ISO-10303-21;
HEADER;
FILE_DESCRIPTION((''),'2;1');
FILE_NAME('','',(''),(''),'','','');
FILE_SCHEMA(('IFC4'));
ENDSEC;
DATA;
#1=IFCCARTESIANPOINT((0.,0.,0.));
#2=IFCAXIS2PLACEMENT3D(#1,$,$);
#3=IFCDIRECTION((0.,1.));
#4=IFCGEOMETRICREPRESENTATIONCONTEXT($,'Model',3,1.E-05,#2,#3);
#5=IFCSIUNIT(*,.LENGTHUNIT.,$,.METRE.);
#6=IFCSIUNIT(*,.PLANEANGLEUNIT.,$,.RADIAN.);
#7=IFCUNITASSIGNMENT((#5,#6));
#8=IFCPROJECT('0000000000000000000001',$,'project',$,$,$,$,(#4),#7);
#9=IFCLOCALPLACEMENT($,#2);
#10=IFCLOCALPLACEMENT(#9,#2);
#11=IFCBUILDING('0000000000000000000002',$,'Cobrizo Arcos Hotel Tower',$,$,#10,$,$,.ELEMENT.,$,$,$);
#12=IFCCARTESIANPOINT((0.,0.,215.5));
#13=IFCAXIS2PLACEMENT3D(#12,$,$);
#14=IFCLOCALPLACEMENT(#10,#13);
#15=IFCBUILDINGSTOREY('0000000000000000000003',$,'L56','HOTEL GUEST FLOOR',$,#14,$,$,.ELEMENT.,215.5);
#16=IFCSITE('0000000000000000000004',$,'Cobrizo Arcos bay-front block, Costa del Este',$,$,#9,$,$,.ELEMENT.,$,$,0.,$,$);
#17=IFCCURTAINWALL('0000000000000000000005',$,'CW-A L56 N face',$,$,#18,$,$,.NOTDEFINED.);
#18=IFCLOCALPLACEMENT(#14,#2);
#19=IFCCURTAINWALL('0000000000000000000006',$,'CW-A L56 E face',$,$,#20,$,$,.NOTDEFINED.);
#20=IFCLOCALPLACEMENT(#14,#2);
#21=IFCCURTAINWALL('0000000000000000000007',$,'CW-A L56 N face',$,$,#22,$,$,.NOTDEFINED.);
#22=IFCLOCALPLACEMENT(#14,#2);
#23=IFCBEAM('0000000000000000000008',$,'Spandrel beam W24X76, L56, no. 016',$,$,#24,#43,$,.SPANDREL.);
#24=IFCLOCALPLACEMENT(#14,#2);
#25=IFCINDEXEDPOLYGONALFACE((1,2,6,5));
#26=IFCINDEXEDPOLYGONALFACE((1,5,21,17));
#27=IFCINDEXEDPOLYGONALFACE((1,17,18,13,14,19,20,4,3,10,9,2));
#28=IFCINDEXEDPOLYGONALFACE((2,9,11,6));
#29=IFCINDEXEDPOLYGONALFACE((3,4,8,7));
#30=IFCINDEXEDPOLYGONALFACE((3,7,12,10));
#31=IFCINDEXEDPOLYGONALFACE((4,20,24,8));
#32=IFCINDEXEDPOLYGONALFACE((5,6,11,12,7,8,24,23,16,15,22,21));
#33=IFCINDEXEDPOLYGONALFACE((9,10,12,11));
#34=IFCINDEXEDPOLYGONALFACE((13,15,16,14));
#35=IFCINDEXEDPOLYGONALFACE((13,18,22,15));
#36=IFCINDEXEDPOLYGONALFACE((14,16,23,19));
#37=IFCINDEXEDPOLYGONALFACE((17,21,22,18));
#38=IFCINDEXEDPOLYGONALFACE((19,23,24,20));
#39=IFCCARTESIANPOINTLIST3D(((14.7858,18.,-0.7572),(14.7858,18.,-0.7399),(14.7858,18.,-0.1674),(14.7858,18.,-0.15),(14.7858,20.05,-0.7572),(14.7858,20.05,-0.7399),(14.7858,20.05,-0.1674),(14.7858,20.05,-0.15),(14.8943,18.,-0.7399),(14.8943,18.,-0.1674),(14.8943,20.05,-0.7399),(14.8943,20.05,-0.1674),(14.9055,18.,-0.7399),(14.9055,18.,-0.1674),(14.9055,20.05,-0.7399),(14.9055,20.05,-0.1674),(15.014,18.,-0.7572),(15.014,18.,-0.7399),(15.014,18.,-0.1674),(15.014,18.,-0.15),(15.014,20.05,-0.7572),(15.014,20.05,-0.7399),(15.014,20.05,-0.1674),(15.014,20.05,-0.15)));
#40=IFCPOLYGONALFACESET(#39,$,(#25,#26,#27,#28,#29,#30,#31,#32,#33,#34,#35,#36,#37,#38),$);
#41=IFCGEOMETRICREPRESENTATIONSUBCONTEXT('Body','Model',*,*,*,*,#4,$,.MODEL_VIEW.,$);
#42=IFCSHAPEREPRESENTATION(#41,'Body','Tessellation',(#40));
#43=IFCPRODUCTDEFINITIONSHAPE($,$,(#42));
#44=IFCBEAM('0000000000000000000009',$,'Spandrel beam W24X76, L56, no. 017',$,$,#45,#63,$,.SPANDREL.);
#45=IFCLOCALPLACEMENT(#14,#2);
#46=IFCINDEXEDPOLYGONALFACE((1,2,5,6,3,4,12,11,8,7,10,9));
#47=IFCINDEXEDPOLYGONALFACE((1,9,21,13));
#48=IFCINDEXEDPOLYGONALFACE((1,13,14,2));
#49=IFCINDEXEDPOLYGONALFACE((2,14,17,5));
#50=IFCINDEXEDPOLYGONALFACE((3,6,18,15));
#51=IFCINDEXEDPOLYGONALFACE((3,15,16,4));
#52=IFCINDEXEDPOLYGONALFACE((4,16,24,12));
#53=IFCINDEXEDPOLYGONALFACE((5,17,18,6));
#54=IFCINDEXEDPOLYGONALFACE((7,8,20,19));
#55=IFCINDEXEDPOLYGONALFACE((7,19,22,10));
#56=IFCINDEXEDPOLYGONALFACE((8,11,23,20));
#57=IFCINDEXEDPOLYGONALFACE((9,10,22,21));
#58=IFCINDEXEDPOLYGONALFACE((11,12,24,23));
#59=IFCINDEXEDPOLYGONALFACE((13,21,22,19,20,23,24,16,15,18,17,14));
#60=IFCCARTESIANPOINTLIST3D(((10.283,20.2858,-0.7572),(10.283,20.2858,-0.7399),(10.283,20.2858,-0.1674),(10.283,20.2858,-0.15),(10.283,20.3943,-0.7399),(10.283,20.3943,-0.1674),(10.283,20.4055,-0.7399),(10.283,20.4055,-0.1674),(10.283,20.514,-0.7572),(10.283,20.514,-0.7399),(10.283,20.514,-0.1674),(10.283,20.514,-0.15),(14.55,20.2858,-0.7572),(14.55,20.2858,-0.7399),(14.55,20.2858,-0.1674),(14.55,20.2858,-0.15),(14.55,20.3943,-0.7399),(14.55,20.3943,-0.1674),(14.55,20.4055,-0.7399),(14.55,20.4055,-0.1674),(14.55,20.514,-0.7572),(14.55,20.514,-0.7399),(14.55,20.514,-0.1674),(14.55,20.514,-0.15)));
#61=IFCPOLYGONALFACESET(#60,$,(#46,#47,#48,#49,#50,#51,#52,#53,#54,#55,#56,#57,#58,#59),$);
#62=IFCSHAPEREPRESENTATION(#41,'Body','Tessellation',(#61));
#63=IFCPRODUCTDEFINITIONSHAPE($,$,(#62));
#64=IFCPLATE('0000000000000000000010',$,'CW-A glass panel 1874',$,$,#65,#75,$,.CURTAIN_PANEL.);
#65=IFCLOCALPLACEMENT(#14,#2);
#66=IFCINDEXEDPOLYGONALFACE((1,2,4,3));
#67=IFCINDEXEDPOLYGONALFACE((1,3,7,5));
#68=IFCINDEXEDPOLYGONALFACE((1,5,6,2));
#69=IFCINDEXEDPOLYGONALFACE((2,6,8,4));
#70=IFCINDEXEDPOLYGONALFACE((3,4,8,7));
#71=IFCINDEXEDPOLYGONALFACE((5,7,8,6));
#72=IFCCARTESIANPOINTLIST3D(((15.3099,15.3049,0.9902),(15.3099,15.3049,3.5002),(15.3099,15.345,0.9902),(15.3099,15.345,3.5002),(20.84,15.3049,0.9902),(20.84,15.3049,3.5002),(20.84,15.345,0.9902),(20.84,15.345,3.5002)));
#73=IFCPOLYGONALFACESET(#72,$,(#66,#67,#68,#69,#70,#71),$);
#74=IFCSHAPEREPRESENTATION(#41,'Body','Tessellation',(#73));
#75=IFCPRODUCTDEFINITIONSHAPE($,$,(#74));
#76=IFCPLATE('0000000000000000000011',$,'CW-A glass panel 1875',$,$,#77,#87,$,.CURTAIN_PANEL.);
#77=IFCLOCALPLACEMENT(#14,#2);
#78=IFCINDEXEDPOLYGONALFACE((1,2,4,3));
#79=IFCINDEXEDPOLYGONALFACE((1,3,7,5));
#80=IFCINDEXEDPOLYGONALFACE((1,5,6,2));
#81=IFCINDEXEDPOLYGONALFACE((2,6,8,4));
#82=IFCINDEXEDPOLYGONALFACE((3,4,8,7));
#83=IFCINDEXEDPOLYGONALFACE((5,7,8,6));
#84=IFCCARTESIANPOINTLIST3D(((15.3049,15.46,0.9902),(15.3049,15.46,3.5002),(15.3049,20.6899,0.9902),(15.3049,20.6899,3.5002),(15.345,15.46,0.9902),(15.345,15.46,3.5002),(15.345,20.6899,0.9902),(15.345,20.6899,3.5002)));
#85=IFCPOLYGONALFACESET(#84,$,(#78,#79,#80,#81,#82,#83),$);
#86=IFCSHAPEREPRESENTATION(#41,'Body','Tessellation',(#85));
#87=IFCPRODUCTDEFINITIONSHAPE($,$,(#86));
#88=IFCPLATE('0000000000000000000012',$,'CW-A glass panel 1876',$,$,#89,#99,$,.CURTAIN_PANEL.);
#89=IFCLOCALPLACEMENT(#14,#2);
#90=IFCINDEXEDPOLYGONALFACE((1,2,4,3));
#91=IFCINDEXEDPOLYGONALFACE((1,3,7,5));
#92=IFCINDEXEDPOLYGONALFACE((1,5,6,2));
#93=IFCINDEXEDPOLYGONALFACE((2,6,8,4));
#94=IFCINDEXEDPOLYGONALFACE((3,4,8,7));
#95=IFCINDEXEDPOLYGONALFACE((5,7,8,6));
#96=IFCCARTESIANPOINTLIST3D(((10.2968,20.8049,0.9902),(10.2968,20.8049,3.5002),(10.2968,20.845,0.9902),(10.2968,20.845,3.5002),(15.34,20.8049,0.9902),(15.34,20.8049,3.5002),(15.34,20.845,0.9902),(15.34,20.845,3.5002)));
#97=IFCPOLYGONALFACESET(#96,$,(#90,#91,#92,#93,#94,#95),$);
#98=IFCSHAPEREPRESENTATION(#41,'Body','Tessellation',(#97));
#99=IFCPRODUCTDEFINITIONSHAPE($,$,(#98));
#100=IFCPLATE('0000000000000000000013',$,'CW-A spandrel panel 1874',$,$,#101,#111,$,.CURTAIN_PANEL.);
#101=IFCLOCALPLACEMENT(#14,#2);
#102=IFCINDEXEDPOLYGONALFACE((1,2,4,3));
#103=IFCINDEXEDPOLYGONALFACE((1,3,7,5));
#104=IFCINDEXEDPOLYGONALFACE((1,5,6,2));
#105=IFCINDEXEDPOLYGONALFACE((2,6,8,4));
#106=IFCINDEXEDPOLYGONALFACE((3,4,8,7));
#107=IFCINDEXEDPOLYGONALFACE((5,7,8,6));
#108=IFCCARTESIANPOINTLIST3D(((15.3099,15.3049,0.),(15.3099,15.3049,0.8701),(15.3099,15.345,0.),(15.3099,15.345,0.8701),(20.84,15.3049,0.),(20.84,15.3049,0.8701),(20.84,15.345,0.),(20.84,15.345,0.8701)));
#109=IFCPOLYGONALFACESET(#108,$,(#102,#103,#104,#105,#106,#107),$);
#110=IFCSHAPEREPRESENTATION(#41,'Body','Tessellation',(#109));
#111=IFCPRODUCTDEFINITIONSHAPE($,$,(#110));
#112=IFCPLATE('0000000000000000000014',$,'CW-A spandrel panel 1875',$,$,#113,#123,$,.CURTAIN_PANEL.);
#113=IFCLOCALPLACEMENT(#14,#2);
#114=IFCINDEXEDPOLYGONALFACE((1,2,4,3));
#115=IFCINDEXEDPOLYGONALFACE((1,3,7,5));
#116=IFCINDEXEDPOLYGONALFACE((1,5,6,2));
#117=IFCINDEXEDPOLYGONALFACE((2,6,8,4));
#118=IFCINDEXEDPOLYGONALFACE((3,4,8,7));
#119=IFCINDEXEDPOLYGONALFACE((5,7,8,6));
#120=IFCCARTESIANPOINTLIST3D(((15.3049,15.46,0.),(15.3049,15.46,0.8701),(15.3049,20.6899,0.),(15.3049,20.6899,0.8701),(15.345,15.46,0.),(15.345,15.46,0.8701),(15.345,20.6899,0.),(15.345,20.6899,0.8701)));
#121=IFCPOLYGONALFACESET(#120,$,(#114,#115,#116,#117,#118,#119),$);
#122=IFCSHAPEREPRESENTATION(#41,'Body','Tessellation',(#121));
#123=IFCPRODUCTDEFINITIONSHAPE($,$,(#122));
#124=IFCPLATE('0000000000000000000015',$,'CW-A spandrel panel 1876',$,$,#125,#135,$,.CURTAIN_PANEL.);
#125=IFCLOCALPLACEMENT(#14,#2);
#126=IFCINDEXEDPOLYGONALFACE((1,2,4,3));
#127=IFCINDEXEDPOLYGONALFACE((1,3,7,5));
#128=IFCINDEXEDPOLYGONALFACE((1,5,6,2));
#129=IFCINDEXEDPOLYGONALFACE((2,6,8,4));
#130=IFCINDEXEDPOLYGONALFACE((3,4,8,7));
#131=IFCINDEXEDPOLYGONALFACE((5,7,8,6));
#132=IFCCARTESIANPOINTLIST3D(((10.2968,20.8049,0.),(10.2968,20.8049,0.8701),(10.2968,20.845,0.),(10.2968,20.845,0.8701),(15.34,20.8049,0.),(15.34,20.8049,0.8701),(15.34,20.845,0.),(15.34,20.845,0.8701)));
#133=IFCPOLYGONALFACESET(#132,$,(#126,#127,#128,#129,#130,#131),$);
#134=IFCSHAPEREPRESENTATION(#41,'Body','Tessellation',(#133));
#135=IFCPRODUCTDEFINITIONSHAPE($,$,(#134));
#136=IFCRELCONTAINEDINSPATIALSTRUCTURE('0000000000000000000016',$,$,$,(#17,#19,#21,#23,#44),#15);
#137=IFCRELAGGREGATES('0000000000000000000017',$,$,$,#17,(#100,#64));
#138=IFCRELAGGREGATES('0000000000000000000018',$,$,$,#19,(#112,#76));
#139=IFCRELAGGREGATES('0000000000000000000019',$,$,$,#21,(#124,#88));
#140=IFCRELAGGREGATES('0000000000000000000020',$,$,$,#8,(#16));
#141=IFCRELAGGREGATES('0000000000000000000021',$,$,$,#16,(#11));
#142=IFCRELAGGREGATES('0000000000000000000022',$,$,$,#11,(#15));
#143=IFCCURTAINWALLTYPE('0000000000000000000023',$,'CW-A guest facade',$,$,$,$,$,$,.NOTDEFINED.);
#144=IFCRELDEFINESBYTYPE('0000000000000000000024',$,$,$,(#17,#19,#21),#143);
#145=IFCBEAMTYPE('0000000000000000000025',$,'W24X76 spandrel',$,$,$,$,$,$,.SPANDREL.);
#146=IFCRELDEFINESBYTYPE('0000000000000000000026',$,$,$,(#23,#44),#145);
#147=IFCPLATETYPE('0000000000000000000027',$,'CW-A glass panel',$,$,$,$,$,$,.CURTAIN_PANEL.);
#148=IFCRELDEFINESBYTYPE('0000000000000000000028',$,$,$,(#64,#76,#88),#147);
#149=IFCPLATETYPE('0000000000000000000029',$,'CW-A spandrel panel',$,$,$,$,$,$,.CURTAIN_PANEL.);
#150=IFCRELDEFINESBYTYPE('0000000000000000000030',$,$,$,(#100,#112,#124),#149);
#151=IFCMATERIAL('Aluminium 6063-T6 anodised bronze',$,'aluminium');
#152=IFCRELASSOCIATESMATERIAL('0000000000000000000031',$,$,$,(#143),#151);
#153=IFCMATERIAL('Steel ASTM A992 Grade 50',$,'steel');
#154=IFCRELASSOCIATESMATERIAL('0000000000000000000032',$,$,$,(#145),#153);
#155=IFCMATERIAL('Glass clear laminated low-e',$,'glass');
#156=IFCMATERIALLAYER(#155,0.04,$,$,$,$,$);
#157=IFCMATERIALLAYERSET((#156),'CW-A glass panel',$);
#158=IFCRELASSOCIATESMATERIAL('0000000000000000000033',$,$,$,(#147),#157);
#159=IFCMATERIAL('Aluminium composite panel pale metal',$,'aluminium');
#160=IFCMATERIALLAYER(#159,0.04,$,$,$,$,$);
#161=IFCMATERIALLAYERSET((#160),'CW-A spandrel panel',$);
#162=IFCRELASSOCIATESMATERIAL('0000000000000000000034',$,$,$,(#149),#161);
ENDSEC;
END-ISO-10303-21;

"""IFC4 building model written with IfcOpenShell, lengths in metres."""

from ifc_helpers import new_model, si_unit, direction, frame, origin, origin_2d, place, context, subcontext, project, spatial, rectangle, i_section, extrude, material, layer, layer_set, material_profile, profile_set, type_object, element, aggregate, save


model = new_model("IFC4")

# Units and contexts
model_context = context("Model", 3, precision=1e-05, world=origin(), true_north=direction((0.0, 1.0)))
body_context = subcontext(model_context, "Body", "Model", "MODEL_VIEW")
ifc_project = project(units=[si_unit("LENGTHUNIT", "METRE"), si_unit("PLANEANGLEUNIT", "RADIAN")], contexts=[model_context])

# Site, building, storey
site_placement = place(None, origin())
site = spatial("IfcSite", under=ifc_project, at=site_placement, Name="Cobrizo Arcos bay-front block, Costa del Este", CompositionType="ELEMENT", RefElevation=0.0)
building_placement = place(site_placement, origin())
building = spatial("IfcBuilding", under=site, at=building_placement, Name="Cobrizo Arcos Hotel Tower", CompositionType="ELEMENT")
storey_placement = place(building_placement, frame((0.0, 0.0, 215.5)))
storey = spatial("IfcBuildingStorey", under=building, at=storey_placement, Name="L56", Description="HOTEL GUEST FLOOR", CompositionType="ELEMENT", Elevation=215.5)

# Shared definitions
ifc_material_1 = material(Name="Aluminium 6063-T6 anodised bronze", Category="aluminium")
curtain_wall_type = type_object("IfcCurtainWallType", Name="CW-A guest facade", PredefinedType="NOTDEFINED", material=ifc_material_1)

# Curtain walls
curtain_wall_1_placement = place(storey_placement, origin())
curtain_wall_1 = element("IfcCurtainWall", 1, at=curtain_wall_1_placement, inside=storey, type_object=curtain_wall_type, Name="CW-A L56 N face", PredefinedType="NOTDEFINED")
curtain_wall_2_placement = place(storey_placement, origin())
curtain_wall_2 = element("IfcCurtainWall", 2, at=curtain_wall_2_placement, inside=storey, type_object=curtain_wall_type, Name="CW-A L56 E face", PredefinedType="NOTDEFINED")

# Curtain wall
curtain_wall_3_placement = place(storey_placement, origin())
curtain_wall_3 = element("IfcCurtainWall", 3, at=curtain_wall_3_placement, inside=storey, type_object=curtain_wall_type, Name="CW-A L56 N face", PredefinedType="NOTDEFINED")

# Beams
ifc_material_2 = material(Name="Steel ASTM A992 Grade 50", Category="steel")
ifc_material_profile_1 = material_profile(ifc_material_2, i_section(OverallWidth=0.2283, OverallDepth=0.6072, WebThickness=0.0112, FlangeThickness=0.0173, at=origin_2d()), Name="W24X76")
ifc_profile_set_1 = profile_set([ifc_material_profile_1], Name="Steel ASTM A992 Grade 50")
beam_type = type_object("IfcBeamType", Name="W24X76 spandrel", PredefinedType="SPANDREL", material=ifc_profile_set_1)
for number, where, z_axis, x_axis, name in (
    (4, (14.8999, 18.0, -0.4536), (0.0, 1.0, 0.0), (-1.0, 0.0, 0.0), "Spandrel beam W24X76, L56, no. 016"),
):
    element("IfcBeam", number, at=place(storey_placement, frame(where, z_axis=z_axis, x_axis=x_axis)), inside=storey, type_object=beam_type, Name=name, PredefinedType="SPANDREL", context=body_context, shape_type="SweptSolid", body=[
        extrude(i_section(OverallWidth=0.2283, OverallDepth=0.6072, WebThickness=0.0112, FlangeThickness=0.0173, at=origin_2d()), origin(), (0.0, 0.0, 1.0), 2.05),
    ])
beam_placement = place(storey_placement, frame((14.55, 20.3999, -0.4536), z_axis=(-1.0, 0.0, 0.0), x_axis=(0.0, -1.0, 0.0)))
element("IfcBeam", 5, at=beam_placement, inside=storey, type_object=beam_type, Name="Spandrel beam W24X76, L56, no. 017", PredefinedType="SPANDREL", context=body_context, shape_type="SweptSolid", body=[
    extrude(i_section(OverallWidth=0.2283, OverallDepth=0.6072, WebThickness=0.0112, FlangeThickness=0.0173, at=origin_2d()), origin(), (0.0, 0.0, 1.0), 4.2671),
])

# Plates
ifc_material_3 = material(Name="Glass clear laminated low-e", Category="glass")
ifc_layer_1 = layer(ifc_material_3, 0.04)
ifc_layer_set_1 = layer_set([ifc_layer_1], Name="CW-A glass panel")
plate_type_1 = type_object("IfcPlateType", Name="CW-A glass panel", PredefinedType="CURTAIN_PANEL", material=ifc_layer_set_1)
plate_1_placement = place(storey_placement, frame((18.075, 15.325, 0.9902), z_axis=(0.0, 0.0, 1.0), x_axis=(-1.0, 0.0, 0.0)))
plate_1 = element("IfcPlate", 6, at=plate_1_placement, type_object=plate_type_1, Name="CW-A glass panel 1874", PredefinedType="CURTAIN_PANEL", context=body_context, shape_type="SweptSolid", body=[
    extrude(rectangle(XDim=5.53, YDim=0.04, at=origin_2d()), origin(), (0.0, 0.0, 1.0), 2.51),
])
plate_2_placement = place(storey_placement, frame((15.325, 18.075, 0.9902), z_axis=(0.0, 0.0, 1.0), x_axis=(0.0, 1.0, 0.0)))
plate_2 = element("IfcPlate", 7, at=plate_2_placement, type_object=plate_type_1, Name="CW-A glass panel 1875", PredefinedType="CURTAIN_PANEL", context=body_context, shape_type="SweptSolid", body=[
    extrude(rectangle(XDim=5.23, YDim=0.04, at=origin_2d()), origin(), (0.0, 0.0, 1.0), 2.51),
])
plate_3_placement = place(storey_placement, frame((12.8184, 20.825, 0.9902), z_axis=(0.0, 0.0, 1.0), x_axis=(-1.0, 0.0, 0.0)))
plate_3 = element("IfcPlate", 8, at=plate_3_placement, type_object=plate_type_1, Name="CW-A glass panel 1876", PredefinedType="CURTAIN_PANEL", context=body_context, shape_type="SweptSolid", body=[
    extrude(rectangle(XDim=5.0432, YDim=0.04, at=origin_2d()), origin(), (0.0, 0.0, 1.0), 2.51),
])
ifc_material_4 = material(Name="Aluminium composite panel pale metal", Category="aluminium")
ifc_layer_2 = layer(ifc_material_4, 0.04)
ifc_layer_set_2 = layer_set([ifc_layer_2], Name="CW-A spandrel panel")
plate_type_2 = type_object("IfcPlateType", Name="CW-A spandrel panel", PredefinedType="CURTAIN_PANEL", material=ifc_layer_set_2)
plate_4_placement = place(storey_placement, frame((18.075, 15.325, 0.0), z_axis=(0.0, 0.0, 1.0), x_axis=(-1.0, 0.0, 0.0)))
plate_4 = element("IfcPlate", 9, at=plate_4_placement, type_object=plate_type_2, Name="CW-A spandrel panel 1874", PredefinedType="CURTAIN_PANEL", context=body_context, shape_type="SweptSolid", body=[
    extrude(rectangle(XDim=5.53, YDim=0.04, at=origin_2d()), origin(), (0.0, 0.0, 1.0), 0.8701),
])
aggregate(curtain_wall_1, [plate_4, plate_1])
plate_5_placement = place(storey_placement, frame((15.325, 18.075, 0.0), z_axis=(0.0, 0.0, 1.0), x_axis=(0.0, 1.0, 0.0)))
plate_5 = element("IfcPlate", 10, at=plate_5_placement, type_object=plate_type_2, Name="CW-A spandrel panel 1875", PredefinedType="CURTAIN_PANEL", context=body_context, shape_type="SweptSolid", body=[
    extrude(rectangle(XDim=5.23, YDim=0.04, at=origin_2d()), origin(), (0.0, 0.0, 1.0), 0.8701),
])
aggregate(curtain_wall_2, [plate_5, plate_2])
plate_6_placement = place(storey_placement, frame((12.8184, 20.825, 0.0), z_axis=(0.0, 0.0, 1.0), x_axis=(-1.0, 0.0, 0.0)))
plate_6 = element("IfcPlate", 11, at=plate_6_placement, type_object=plate_type_2, Name="CW-A spandrel panel 1876", PredefinedType="CURTAIN_PANEL", context=body_context, shape_type="SweptSolid", body=[
    extrude(rectangle(XDim=5.0432, YDim=0.04, at=origin_2d()), origin(), (0.0, 0.0, 1.0), 0.8701),
])
aggregate(curtain_wall_3, [plate_6, plate_3])

save(model, "model.ifc")
